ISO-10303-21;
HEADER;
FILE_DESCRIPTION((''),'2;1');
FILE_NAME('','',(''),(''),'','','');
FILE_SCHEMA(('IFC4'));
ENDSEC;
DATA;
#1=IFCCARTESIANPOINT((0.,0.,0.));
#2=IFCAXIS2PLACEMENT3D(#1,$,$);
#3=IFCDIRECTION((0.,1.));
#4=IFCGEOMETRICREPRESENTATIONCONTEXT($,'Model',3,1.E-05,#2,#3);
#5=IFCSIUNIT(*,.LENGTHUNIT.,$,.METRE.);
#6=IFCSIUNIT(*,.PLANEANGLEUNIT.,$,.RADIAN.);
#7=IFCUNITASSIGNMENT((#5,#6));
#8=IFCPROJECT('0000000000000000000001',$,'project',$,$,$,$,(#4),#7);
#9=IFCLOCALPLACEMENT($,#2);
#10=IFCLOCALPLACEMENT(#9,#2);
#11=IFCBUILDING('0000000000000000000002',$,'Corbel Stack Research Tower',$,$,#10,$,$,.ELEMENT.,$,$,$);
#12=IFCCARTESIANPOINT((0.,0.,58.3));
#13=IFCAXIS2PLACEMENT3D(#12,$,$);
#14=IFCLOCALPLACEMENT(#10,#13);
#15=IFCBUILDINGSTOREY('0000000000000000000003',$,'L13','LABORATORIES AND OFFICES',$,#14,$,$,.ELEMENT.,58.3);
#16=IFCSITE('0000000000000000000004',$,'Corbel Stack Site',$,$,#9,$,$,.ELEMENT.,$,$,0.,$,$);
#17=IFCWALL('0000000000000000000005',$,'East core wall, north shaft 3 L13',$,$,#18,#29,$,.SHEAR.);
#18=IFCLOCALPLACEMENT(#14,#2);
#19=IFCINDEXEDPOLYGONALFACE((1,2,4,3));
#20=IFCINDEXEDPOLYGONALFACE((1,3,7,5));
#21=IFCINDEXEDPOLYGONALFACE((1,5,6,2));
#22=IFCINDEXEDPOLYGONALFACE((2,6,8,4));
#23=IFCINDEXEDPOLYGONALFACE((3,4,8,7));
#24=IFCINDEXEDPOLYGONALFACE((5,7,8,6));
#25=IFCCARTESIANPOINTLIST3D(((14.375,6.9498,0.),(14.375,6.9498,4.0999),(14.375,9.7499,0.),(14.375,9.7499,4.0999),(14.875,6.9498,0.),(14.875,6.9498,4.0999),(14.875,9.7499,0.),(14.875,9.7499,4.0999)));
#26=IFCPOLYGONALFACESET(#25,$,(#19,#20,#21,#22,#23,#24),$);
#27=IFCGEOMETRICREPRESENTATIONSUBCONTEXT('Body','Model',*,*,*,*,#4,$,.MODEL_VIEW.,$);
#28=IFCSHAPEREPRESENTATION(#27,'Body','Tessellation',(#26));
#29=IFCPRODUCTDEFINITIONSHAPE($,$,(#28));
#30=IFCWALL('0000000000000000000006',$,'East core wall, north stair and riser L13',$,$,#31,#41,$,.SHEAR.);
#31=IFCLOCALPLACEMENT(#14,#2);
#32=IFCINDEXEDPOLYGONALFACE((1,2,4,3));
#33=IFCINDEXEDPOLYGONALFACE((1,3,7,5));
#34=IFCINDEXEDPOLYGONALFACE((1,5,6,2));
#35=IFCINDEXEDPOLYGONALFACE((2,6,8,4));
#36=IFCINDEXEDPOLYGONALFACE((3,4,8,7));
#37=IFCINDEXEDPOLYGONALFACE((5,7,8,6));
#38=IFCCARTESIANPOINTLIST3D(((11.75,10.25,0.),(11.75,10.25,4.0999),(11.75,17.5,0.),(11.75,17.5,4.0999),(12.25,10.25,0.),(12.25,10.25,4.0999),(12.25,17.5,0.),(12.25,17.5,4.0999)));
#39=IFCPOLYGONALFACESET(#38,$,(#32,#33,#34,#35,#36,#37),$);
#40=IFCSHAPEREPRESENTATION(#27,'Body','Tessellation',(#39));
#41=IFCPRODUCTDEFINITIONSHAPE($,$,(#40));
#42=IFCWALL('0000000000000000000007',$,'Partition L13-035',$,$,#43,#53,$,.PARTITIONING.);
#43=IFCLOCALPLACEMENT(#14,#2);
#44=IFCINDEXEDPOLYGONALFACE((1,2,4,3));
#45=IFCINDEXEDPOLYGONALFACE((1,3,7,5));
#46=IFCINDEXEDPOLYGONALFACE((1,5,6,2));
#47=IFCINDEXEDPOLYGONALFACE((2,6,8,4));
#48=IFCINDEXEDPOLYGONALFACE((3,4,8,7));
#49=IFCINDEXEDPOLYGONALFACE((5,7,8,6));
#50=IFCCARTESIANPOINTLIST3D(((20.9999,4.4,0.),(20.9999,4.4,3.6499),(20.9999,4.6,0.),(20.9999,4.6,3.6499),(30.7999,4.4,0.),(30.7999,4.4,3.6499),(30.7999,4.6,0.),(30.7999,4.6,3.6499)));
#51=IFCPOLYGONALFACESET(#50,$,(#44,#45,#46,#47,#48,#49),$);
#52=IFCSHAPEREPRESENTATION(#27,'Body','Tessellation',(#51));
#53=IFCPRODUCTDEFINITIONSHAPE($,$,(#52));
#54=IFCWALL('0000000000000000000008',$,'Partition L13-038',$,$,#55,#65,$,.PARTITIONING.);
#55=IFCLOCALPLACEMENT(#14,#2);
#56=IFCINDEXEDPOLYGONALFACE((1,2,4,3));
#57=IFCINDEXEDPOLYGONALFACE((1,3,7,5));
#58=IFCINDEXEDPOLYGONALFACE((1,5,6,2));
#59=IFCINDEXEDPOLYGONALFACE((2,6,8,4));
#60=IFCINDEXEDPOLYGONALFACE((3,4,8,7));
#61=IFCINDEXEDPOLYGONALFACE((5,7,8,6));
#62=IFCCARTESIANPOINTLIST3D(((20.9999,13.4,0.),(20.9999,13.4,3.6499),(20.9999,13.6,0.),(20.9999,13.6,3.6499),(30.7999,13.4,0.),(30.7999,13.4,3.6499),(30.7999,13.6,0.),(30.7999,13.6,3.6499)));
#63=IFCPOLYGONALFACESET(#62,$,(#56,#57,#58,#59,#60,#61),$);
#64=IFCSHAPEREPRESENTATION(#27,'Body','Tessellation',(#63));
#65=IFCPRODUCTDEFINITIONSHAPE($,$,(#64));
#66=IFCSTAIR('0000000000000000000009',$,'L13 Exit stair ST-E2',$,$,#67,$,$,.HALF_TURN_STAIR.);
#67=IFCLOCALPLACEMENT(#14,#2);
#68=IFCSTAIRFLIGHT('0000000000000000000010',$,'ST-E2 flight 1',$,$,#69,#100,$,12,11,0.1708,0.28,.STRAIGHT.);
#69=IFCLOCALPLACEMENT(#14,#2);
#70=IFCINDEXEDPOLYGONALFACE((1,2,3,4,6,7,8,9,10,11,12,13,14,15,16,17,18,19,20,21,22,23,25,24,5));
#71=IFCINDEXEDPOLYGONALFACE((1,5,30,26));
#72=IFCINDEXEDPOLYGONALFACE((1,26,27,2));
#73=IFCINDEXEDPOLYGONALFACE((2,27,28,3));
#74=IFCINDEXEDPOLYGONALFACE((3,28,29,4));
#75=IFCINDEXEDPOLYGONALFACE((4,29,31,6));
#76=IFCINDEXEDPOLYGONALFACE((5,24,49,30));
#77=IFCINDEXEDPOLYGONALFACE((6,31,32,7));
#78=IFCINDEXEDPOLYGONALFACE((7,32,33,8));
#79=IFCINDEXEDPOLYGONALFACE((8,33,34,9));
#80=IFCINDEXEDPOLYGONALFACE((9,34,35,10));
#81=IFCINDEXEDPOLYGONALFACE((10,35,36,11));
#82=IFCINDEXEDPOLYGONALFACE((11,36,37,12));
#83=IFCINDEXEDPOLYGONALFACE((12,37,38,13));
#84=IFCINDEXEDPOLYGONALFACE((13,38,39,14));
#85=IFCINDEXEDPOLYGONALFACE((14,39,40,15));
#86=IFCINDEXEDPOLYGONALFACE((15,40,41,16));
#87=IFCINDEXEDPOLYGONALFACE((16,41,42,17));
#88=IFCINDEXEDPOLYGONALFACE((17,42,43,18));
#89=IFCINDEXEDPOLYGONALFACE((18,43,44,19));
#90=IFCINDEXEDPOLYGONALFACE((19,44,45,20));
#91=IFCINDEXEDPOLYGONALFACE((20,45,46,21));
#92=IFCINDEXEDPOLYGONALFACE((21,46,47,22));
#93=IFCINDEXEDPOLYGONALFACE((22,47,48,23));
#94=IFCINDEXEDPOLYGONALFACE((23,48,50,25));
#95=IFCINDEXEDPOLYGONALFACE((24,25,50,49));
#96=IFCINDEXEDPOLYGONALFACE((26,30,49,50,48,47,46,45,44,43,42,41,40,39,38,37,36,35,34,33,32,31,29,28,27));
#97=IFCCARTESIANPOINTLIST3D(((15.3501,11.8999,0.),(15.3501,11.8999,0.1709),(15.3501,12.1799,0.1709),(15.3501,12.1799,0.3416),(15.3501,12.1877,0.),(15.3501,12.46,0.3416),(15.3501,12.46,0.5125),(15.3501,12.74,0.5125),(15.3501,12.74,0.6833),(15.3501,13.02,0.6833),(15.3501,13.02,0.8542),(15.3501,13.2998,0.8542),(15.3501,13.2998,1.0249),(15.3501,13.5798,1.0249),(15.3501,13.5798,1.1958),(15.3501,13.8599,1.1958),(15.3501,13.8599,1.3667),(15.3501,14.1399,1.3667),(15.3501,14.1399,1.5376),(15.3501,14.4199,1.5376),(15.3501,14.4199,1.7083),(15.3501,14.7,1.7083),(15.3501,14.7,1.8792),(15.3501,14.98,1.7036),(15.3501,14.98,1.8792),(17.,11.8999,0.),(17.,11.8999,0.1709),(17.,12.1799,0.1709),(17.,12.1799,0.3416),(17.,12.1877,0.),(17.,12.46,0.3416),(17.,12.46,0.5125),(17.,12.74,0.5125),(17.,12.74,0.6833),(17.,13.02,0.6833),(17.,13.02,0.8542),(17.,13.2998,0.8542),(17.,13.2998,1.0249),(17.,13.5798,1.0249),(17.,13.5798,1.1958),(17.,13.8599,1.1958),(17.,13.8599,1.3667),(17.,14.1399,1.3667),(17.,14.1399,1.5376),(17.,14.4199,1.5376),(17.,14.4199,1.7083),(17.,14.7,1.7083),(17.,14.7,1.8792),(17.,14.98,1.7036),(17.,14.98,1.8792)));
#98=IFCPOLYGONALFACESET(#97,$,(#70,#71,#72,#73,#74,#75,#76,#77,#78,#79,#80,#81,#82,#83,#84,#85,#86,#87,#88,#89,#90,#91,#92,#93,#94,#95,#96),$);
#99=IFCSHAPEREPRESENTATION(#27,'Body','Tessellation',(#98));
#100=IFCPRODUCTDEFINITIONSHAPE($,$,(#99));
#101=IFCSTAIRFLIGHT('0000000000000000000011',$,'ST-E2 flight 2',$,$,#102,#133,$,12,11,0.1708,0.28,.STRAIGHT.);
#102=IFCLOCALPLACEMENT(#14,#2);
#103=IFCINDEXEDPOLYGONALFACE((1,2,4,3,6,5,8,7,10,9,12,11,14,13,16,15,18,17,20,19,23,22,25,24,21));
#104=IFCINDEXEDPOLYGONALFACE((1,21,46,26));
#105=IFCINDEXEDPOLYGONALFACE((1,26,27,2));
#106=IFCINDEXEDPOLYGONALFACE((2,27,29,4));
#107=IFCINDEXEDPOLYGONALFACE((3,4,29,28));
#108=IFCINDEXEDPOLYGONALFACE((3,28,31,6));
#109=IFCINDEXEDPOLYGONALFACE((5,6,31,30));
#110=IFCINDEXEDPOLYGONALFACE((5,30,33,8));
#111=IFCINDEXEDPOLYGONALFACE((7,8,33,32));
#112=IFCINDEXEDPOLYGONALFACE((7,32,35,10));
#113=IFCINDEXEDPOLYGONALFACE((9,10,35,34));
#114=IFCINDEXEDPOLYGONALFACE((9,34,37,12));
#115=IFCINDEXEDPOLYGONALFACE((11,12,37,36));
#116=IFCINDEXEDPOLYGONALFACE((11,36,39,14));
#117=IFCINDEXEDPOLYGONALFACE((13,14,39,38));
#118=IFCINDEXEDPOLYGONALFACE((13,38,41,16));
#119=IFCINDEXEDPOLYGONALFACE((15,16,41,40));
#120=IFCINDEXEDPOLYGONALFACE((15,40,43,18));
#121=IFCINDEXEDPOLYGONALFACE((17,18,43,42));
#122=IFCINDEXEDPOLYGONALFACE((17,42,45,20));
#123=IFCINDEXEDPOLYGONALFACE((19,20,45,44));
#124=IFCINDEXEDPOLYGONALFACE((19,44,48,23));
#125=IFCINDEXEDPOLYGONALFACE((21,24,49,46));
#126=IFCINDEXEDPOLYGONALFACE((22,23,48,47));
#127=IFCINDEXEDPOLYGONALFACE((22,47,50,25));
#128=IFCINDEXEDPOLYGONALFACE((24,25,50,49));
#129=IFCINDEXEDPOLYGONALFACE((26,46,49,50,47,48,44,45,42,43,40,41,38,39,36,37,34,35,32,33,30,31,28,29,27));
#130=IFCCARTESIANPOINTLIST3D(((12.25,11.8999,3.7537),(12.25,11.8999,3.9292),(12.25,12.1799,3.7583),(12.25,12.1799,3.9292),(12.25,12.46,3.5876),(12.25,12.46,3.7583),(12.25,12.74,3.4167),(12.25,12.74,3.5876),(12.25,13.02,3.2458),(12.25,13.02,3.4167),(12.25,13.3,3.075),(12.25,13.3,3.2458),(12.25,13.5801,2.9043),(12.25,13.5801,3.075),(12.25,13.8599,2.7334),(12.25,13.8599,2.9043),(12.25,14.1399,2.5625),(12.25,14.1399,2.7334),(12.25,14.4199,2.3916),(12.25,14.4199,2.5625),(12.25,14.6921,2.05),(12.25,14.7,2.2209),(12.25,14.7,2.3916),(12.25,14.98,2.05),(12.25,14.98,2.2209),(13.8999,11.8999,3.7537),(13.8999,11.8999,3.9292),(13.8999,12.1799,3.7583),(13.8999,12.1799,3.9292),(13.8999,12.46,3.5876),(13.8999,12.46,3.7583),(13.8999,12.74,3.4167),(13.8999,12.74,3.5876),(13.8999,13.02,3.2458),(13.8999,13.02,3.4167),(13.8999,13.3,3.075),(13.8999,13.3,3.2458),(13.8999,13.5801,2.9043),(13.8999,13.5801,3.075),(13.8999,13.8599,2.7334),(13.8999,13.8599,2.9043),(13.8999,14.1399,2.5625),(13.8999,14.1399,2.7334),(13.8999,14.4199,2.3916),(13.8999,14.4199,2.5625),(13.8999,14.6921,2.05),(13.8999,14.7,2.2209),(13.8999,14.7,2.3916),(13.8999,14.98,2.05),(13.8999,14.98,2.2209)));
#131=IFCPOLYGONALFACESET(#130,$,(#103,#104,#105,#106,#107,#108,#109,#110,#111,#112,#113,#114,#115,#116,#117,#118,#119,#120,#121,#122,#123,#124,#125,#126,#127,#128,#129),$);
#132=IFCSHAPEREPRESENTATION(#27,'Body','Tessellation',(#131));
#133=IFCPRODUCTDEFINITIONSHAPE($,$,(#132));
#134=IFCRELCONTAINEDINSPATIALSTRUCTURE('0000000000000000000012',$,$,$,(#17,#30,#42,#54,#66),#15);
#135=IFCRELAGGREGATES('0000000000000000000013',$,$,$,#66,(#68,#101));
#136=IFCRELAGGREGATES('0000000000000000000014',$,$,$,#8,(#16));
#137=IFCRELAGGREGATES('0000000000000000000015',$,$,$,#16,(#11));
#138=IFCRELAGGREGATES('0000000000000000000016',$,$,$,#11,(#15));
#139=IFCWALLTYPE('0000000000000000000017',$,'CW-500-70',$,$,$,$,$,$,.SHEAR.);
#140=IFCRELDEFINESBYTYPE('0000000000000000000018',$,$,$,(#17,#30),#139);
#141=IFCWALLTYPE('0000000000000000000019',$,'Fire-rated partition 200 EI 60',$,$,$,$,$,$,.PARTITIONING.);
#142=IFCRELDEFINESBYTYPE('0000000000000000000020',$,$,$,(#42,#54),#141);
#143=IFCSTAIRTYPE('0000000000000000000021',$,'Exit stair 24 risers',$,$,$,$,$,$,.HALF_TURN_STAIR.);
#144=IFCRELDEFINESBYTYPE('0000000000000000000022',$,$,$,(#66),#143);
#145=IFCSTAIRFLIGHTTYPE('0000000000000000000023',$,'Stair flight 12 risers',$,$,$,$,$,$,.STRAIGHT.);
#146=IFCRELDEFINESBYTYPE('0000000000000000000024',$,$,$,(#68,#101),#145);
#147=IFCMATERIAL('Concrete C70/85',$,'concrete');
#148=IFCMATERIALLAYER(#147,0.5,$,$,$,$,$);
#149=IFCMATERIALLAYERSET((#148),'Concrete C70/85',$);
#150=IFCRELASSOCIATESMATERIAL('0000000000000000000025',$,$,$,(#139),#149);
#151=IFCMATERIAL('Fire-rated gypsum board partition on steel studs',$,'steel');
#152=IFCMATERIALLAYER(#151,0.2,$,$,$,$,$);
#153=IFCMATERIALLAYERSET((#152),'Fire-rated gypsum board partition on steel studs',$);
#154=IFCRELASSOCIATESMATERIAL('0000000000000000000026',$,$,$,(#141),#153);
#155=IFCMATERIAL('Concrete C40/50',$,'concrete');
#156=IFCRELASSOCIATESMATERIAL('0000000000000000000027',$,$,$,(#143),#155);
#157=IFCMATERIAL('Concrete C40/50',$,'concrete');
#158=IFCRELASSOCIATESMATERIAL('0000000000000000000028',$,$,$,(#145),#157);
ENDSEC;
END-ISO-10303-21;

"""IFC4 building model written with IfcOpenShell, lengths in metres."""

from ifc_helpers import new_model, si_unit, direction, frame, frame_2d, origin, place, context, subcontext, project, spatial, polyline, rectangle, outline, extrude, material, layer, layer_set, type_object, element, aggregate, save


model = new_model("IFC4")

# Units and contexts
model_context = context("Model", 3, precision=1e-05, world=origin(), true_north=direction((0.0, 1.0)))
body_context = subcontext(model_context, "Body", "Model", "MODEL_VIEW")
ifc_project = project(units=[si_unit("LENGTHUNIT", "METRE"), si_unit("PLANEANGLEUNIT", "RADIAN")], contexts=[model_context])

# Site, building, storey
site_placement = place(None, origin())
site = spatial("IfcSite", under=ifc_project, at=site_placement, Name="Corbel Stack Site", CompositionType="ELEMENT", RefElevation=0.0)
building_placement = place(site_placement, origin())
building = spatial("IfcBuilding", under=site, at=building_placement, Name="Corbel Stack Research Tower", CompositionType="ELEMENT")
storey_placement = place(building_placement, frame((0.0, 0.0, 58.3)))
storey = spatial("IfcBuildingStorey", under=building, at=storey_placement, Name="L13", Description="LABORATORIES AND OFFICES", CompositionType="ELEMENT", Elevation=58.3)

# Walls
ifc_material_1 = material(Name="Concrete C70/85", Category="concrete")
ifc_layer_1 = layer(ifc_material_1, 0.5)
ifc_layer_set_1 = layer_set([ifc_layer_1], Name="Concrete C70/85")
wall_type_1 = type_object("IfcWallType", Name="CW-500-70", PredefinedType="SHEAR", material=ifc_layer_set_1)
wall_1_placement = place(storey_placement, frame((14.625, 6.95, 0.0), z_axis=(0.0, 0.0, 1.0), x_axis=(0.0, 1.0, 0.0)))
element("IfcWall", 1, at=wall_1_placement, inside=storey, type_object=wall_type_1, Name="East core wall, north shaft 3 L13", PredefinedType="SHEAR", context=body_context, shape_type="SweptSolid", body=[
    extrude(rectangle(XDim=2.8, YDim=0.5, at=frame_2d((1.3999, 0.0))), origin(), (0.0, 0.0, 1.0), 4.0999),
])
wall_2_placement = place(storey_placement, frame((12.0, 10.25, 0.0), z_axis=(0.0, 0.0, 1.0), x_axis=(0.0, 1.0, 0.0)))
element("IfcWall", 2, at=wall_2_placement, inside=storey, type_object=wall_type_1, Name="East core wall, north stair and riser L13", PredefinedType="SHEAR", context=body_context, shape_type="SweptSolid", body=[
    extrude(rectangle(XDim=7.25, YDim=0.5, at=frame_2d((3.625, 0.0))), origin(), (0.0, 0.0, 1.0), 4.0999),
])
ifc_material_2 = material(Name="Fire-rated gypsum board partition on steel studs", Category="steel")
ifc_layer_2 = layer(ifc_material_2, 0.2)
ifc_layer_set_2 = layer_set([ifc_layer_2], Name="Fire-rated gypsum board partition on steel studs")
wall_type_2 = type_object("IfcWallType", Name="Fire-rated partition 200 EI 60", PredefinedType="PARTITIONING", material=ifc_layer_set_2)
for number, where, z_axis, x_axis, name in (
    (3, (21.0, 4.5, 0.0), (0.0, 0.0, 1.0), (1.0, 0.0, 0.0), "Partition L13-035"),
    (4, (21.0, 13.5, 0.0), (0.0, 0.0, 1.0), (1.0, 0.0, 0.0), "Partition L13-038"),
):
    element("IfcWall", number, at=place(storey_placement, frame(where, z_axis=z_axis, x_axis=x_axis)), inside=storey, type_object=wall_type_2, Name=name, PredefinedType="PARTITIONING", context=body_context, shape_type="SweptSolid", body=[
        extrude(rectangle(XDim=9.8, YDim=0.2, at=frame_2d((4.8999, 0.0))), origin(), (0.0, 0.0, 1.0), 3.6499),
    ])

# Stair, stair flights
ifc_material_3 = material(Name="Concrete C40/50", Category="concrete")
stair_type = type_object("IfcStairType", Name="Exit stair 24 risers", PredefinedType="HALF_TURN_STAIR", material=ifc_material_3)
stair_placement = place(storey_placement, origin())
stair = element("IfcStair", 5, at=stair_placement, inside=storey, type_object=stair_type, Name="L13 Exit stair ST-E2", PredefinedType="HALF_TURN_STAIR")
ifc_material_4 = material(Name="Concrete C40/50", Category="concrete")
stair_flight_type = type_object("IfcStairFlightType", Name="Stair flight 12 risers", PredefinedType="STRAIGHT", material=ifc_material_4)
stair_flight_1_placement = place(storey_placement, frame((16.175, 11.8999, 0.0), z_axis=(0.0, 0.0, 1.0), x_axis=(0.0, 1.0, 0.0)))
stair_flight_1 = element("IfcStairFlight", 6, at=stair_flight_1_placement, type_object=stair_flight_type, Name="ST-E2 flight 1", NumberOfRisers=12, NumberOfTreads=11, PredefinedType="STRAIGHT", RiserHeight=0.1708, TreadLength=0.28, context=body_context, shape_type="SweptSolid", body=[
    extrude(outline(polyline([(0.0, 0.0), (0.0, 0.1709), (0.28, 0.1709), (0.28, 0.3416), (0.5601, 0.3416), (0.5601, 0.5125), (0.8401, 0.5125), (0.8401, 0.6833), (1.1201, 0.6833), (1.1201, 0.8542), (1.3999, 0.8542), (1.3999, 1.0249), (1.6799, 1.0249), (1.6799, 1.1958), (1.96, 1.1958), (1.96, 1.3667), (2.24, 1.3667), (2.24, 1.5376), (2.52, 1.5376), (2.52, 1.7083), (2.8, 1.7083), (2.8, 1.8792), (3.0801, 1.8792), (3.0801, 2.05), (3.0801, 1.7036), (0.2878, 0.0), (0.0, 0.0)])), frame((0.0, 0.825, 0.0), z_axis=(0.0, -1.0, 0.0), x_axis=(1.0, 0.0, 0.0)), (0.0, 0.0, 1.0), 1.6499),
])
stair_flight_2_placement = place(storey_placement, frame((13.075, 14.98, 2.05), z_axis=(0.0, 0.0, 1.0), x_axis=(0.0, -1.0, 0.0)))
stair_flight_2 = element("IfcStairFlight", 7, at=stair_flight_2_placement, type_object=stair_flight_type, Name="ST-E2 flight 2", NumberOfRisers=12, NumberOfTreads=11, PredefinedType="STRAIGHT", RiserHeight=0.1708, TreadLength=0.28, context=body_context, shape_type="SweptSolid", body=[
    extrude(outline(polyline([(0.0, 0.0), (0.0, 0.1709), (0.28, 0.1709), (0.28, 0.3416), (0.5601, 0.3416), (0.5601, 0.5125), (0.8401, 0.5125), (0.8401, 0.6833), (1.1201, 0.6833), (1.1201, 0.8542), (1.3999, 0.8542), (1.3999, 1.0249), (1.6799, 1.0249), (1.6799, 1.1958), (1.96, 1.1958), (1.96, 1.3667), (2.24, 1.3667), (2.24, 1.5376), (2.52, 1.5376), (2.52, 1.7083), (2.8, 1.7083), (2.8, 1.8792), (3.0801, 1.8792), (3.0801, 2.05), (3.0801, 1.7036), (0.2878, 0.0), (0.0, 0.0)])), frame((0.0, 0.825, 0.0), z_axis=(0.0, -1.0, 0.0), x_axis=(1.0, 0.0, 0.0)), (0.0, 0.0, 1.0), 1.6499),
])
aggregate(stair, [stair_flight_1, stair_flight_2])

save(model, "model.ifc")
